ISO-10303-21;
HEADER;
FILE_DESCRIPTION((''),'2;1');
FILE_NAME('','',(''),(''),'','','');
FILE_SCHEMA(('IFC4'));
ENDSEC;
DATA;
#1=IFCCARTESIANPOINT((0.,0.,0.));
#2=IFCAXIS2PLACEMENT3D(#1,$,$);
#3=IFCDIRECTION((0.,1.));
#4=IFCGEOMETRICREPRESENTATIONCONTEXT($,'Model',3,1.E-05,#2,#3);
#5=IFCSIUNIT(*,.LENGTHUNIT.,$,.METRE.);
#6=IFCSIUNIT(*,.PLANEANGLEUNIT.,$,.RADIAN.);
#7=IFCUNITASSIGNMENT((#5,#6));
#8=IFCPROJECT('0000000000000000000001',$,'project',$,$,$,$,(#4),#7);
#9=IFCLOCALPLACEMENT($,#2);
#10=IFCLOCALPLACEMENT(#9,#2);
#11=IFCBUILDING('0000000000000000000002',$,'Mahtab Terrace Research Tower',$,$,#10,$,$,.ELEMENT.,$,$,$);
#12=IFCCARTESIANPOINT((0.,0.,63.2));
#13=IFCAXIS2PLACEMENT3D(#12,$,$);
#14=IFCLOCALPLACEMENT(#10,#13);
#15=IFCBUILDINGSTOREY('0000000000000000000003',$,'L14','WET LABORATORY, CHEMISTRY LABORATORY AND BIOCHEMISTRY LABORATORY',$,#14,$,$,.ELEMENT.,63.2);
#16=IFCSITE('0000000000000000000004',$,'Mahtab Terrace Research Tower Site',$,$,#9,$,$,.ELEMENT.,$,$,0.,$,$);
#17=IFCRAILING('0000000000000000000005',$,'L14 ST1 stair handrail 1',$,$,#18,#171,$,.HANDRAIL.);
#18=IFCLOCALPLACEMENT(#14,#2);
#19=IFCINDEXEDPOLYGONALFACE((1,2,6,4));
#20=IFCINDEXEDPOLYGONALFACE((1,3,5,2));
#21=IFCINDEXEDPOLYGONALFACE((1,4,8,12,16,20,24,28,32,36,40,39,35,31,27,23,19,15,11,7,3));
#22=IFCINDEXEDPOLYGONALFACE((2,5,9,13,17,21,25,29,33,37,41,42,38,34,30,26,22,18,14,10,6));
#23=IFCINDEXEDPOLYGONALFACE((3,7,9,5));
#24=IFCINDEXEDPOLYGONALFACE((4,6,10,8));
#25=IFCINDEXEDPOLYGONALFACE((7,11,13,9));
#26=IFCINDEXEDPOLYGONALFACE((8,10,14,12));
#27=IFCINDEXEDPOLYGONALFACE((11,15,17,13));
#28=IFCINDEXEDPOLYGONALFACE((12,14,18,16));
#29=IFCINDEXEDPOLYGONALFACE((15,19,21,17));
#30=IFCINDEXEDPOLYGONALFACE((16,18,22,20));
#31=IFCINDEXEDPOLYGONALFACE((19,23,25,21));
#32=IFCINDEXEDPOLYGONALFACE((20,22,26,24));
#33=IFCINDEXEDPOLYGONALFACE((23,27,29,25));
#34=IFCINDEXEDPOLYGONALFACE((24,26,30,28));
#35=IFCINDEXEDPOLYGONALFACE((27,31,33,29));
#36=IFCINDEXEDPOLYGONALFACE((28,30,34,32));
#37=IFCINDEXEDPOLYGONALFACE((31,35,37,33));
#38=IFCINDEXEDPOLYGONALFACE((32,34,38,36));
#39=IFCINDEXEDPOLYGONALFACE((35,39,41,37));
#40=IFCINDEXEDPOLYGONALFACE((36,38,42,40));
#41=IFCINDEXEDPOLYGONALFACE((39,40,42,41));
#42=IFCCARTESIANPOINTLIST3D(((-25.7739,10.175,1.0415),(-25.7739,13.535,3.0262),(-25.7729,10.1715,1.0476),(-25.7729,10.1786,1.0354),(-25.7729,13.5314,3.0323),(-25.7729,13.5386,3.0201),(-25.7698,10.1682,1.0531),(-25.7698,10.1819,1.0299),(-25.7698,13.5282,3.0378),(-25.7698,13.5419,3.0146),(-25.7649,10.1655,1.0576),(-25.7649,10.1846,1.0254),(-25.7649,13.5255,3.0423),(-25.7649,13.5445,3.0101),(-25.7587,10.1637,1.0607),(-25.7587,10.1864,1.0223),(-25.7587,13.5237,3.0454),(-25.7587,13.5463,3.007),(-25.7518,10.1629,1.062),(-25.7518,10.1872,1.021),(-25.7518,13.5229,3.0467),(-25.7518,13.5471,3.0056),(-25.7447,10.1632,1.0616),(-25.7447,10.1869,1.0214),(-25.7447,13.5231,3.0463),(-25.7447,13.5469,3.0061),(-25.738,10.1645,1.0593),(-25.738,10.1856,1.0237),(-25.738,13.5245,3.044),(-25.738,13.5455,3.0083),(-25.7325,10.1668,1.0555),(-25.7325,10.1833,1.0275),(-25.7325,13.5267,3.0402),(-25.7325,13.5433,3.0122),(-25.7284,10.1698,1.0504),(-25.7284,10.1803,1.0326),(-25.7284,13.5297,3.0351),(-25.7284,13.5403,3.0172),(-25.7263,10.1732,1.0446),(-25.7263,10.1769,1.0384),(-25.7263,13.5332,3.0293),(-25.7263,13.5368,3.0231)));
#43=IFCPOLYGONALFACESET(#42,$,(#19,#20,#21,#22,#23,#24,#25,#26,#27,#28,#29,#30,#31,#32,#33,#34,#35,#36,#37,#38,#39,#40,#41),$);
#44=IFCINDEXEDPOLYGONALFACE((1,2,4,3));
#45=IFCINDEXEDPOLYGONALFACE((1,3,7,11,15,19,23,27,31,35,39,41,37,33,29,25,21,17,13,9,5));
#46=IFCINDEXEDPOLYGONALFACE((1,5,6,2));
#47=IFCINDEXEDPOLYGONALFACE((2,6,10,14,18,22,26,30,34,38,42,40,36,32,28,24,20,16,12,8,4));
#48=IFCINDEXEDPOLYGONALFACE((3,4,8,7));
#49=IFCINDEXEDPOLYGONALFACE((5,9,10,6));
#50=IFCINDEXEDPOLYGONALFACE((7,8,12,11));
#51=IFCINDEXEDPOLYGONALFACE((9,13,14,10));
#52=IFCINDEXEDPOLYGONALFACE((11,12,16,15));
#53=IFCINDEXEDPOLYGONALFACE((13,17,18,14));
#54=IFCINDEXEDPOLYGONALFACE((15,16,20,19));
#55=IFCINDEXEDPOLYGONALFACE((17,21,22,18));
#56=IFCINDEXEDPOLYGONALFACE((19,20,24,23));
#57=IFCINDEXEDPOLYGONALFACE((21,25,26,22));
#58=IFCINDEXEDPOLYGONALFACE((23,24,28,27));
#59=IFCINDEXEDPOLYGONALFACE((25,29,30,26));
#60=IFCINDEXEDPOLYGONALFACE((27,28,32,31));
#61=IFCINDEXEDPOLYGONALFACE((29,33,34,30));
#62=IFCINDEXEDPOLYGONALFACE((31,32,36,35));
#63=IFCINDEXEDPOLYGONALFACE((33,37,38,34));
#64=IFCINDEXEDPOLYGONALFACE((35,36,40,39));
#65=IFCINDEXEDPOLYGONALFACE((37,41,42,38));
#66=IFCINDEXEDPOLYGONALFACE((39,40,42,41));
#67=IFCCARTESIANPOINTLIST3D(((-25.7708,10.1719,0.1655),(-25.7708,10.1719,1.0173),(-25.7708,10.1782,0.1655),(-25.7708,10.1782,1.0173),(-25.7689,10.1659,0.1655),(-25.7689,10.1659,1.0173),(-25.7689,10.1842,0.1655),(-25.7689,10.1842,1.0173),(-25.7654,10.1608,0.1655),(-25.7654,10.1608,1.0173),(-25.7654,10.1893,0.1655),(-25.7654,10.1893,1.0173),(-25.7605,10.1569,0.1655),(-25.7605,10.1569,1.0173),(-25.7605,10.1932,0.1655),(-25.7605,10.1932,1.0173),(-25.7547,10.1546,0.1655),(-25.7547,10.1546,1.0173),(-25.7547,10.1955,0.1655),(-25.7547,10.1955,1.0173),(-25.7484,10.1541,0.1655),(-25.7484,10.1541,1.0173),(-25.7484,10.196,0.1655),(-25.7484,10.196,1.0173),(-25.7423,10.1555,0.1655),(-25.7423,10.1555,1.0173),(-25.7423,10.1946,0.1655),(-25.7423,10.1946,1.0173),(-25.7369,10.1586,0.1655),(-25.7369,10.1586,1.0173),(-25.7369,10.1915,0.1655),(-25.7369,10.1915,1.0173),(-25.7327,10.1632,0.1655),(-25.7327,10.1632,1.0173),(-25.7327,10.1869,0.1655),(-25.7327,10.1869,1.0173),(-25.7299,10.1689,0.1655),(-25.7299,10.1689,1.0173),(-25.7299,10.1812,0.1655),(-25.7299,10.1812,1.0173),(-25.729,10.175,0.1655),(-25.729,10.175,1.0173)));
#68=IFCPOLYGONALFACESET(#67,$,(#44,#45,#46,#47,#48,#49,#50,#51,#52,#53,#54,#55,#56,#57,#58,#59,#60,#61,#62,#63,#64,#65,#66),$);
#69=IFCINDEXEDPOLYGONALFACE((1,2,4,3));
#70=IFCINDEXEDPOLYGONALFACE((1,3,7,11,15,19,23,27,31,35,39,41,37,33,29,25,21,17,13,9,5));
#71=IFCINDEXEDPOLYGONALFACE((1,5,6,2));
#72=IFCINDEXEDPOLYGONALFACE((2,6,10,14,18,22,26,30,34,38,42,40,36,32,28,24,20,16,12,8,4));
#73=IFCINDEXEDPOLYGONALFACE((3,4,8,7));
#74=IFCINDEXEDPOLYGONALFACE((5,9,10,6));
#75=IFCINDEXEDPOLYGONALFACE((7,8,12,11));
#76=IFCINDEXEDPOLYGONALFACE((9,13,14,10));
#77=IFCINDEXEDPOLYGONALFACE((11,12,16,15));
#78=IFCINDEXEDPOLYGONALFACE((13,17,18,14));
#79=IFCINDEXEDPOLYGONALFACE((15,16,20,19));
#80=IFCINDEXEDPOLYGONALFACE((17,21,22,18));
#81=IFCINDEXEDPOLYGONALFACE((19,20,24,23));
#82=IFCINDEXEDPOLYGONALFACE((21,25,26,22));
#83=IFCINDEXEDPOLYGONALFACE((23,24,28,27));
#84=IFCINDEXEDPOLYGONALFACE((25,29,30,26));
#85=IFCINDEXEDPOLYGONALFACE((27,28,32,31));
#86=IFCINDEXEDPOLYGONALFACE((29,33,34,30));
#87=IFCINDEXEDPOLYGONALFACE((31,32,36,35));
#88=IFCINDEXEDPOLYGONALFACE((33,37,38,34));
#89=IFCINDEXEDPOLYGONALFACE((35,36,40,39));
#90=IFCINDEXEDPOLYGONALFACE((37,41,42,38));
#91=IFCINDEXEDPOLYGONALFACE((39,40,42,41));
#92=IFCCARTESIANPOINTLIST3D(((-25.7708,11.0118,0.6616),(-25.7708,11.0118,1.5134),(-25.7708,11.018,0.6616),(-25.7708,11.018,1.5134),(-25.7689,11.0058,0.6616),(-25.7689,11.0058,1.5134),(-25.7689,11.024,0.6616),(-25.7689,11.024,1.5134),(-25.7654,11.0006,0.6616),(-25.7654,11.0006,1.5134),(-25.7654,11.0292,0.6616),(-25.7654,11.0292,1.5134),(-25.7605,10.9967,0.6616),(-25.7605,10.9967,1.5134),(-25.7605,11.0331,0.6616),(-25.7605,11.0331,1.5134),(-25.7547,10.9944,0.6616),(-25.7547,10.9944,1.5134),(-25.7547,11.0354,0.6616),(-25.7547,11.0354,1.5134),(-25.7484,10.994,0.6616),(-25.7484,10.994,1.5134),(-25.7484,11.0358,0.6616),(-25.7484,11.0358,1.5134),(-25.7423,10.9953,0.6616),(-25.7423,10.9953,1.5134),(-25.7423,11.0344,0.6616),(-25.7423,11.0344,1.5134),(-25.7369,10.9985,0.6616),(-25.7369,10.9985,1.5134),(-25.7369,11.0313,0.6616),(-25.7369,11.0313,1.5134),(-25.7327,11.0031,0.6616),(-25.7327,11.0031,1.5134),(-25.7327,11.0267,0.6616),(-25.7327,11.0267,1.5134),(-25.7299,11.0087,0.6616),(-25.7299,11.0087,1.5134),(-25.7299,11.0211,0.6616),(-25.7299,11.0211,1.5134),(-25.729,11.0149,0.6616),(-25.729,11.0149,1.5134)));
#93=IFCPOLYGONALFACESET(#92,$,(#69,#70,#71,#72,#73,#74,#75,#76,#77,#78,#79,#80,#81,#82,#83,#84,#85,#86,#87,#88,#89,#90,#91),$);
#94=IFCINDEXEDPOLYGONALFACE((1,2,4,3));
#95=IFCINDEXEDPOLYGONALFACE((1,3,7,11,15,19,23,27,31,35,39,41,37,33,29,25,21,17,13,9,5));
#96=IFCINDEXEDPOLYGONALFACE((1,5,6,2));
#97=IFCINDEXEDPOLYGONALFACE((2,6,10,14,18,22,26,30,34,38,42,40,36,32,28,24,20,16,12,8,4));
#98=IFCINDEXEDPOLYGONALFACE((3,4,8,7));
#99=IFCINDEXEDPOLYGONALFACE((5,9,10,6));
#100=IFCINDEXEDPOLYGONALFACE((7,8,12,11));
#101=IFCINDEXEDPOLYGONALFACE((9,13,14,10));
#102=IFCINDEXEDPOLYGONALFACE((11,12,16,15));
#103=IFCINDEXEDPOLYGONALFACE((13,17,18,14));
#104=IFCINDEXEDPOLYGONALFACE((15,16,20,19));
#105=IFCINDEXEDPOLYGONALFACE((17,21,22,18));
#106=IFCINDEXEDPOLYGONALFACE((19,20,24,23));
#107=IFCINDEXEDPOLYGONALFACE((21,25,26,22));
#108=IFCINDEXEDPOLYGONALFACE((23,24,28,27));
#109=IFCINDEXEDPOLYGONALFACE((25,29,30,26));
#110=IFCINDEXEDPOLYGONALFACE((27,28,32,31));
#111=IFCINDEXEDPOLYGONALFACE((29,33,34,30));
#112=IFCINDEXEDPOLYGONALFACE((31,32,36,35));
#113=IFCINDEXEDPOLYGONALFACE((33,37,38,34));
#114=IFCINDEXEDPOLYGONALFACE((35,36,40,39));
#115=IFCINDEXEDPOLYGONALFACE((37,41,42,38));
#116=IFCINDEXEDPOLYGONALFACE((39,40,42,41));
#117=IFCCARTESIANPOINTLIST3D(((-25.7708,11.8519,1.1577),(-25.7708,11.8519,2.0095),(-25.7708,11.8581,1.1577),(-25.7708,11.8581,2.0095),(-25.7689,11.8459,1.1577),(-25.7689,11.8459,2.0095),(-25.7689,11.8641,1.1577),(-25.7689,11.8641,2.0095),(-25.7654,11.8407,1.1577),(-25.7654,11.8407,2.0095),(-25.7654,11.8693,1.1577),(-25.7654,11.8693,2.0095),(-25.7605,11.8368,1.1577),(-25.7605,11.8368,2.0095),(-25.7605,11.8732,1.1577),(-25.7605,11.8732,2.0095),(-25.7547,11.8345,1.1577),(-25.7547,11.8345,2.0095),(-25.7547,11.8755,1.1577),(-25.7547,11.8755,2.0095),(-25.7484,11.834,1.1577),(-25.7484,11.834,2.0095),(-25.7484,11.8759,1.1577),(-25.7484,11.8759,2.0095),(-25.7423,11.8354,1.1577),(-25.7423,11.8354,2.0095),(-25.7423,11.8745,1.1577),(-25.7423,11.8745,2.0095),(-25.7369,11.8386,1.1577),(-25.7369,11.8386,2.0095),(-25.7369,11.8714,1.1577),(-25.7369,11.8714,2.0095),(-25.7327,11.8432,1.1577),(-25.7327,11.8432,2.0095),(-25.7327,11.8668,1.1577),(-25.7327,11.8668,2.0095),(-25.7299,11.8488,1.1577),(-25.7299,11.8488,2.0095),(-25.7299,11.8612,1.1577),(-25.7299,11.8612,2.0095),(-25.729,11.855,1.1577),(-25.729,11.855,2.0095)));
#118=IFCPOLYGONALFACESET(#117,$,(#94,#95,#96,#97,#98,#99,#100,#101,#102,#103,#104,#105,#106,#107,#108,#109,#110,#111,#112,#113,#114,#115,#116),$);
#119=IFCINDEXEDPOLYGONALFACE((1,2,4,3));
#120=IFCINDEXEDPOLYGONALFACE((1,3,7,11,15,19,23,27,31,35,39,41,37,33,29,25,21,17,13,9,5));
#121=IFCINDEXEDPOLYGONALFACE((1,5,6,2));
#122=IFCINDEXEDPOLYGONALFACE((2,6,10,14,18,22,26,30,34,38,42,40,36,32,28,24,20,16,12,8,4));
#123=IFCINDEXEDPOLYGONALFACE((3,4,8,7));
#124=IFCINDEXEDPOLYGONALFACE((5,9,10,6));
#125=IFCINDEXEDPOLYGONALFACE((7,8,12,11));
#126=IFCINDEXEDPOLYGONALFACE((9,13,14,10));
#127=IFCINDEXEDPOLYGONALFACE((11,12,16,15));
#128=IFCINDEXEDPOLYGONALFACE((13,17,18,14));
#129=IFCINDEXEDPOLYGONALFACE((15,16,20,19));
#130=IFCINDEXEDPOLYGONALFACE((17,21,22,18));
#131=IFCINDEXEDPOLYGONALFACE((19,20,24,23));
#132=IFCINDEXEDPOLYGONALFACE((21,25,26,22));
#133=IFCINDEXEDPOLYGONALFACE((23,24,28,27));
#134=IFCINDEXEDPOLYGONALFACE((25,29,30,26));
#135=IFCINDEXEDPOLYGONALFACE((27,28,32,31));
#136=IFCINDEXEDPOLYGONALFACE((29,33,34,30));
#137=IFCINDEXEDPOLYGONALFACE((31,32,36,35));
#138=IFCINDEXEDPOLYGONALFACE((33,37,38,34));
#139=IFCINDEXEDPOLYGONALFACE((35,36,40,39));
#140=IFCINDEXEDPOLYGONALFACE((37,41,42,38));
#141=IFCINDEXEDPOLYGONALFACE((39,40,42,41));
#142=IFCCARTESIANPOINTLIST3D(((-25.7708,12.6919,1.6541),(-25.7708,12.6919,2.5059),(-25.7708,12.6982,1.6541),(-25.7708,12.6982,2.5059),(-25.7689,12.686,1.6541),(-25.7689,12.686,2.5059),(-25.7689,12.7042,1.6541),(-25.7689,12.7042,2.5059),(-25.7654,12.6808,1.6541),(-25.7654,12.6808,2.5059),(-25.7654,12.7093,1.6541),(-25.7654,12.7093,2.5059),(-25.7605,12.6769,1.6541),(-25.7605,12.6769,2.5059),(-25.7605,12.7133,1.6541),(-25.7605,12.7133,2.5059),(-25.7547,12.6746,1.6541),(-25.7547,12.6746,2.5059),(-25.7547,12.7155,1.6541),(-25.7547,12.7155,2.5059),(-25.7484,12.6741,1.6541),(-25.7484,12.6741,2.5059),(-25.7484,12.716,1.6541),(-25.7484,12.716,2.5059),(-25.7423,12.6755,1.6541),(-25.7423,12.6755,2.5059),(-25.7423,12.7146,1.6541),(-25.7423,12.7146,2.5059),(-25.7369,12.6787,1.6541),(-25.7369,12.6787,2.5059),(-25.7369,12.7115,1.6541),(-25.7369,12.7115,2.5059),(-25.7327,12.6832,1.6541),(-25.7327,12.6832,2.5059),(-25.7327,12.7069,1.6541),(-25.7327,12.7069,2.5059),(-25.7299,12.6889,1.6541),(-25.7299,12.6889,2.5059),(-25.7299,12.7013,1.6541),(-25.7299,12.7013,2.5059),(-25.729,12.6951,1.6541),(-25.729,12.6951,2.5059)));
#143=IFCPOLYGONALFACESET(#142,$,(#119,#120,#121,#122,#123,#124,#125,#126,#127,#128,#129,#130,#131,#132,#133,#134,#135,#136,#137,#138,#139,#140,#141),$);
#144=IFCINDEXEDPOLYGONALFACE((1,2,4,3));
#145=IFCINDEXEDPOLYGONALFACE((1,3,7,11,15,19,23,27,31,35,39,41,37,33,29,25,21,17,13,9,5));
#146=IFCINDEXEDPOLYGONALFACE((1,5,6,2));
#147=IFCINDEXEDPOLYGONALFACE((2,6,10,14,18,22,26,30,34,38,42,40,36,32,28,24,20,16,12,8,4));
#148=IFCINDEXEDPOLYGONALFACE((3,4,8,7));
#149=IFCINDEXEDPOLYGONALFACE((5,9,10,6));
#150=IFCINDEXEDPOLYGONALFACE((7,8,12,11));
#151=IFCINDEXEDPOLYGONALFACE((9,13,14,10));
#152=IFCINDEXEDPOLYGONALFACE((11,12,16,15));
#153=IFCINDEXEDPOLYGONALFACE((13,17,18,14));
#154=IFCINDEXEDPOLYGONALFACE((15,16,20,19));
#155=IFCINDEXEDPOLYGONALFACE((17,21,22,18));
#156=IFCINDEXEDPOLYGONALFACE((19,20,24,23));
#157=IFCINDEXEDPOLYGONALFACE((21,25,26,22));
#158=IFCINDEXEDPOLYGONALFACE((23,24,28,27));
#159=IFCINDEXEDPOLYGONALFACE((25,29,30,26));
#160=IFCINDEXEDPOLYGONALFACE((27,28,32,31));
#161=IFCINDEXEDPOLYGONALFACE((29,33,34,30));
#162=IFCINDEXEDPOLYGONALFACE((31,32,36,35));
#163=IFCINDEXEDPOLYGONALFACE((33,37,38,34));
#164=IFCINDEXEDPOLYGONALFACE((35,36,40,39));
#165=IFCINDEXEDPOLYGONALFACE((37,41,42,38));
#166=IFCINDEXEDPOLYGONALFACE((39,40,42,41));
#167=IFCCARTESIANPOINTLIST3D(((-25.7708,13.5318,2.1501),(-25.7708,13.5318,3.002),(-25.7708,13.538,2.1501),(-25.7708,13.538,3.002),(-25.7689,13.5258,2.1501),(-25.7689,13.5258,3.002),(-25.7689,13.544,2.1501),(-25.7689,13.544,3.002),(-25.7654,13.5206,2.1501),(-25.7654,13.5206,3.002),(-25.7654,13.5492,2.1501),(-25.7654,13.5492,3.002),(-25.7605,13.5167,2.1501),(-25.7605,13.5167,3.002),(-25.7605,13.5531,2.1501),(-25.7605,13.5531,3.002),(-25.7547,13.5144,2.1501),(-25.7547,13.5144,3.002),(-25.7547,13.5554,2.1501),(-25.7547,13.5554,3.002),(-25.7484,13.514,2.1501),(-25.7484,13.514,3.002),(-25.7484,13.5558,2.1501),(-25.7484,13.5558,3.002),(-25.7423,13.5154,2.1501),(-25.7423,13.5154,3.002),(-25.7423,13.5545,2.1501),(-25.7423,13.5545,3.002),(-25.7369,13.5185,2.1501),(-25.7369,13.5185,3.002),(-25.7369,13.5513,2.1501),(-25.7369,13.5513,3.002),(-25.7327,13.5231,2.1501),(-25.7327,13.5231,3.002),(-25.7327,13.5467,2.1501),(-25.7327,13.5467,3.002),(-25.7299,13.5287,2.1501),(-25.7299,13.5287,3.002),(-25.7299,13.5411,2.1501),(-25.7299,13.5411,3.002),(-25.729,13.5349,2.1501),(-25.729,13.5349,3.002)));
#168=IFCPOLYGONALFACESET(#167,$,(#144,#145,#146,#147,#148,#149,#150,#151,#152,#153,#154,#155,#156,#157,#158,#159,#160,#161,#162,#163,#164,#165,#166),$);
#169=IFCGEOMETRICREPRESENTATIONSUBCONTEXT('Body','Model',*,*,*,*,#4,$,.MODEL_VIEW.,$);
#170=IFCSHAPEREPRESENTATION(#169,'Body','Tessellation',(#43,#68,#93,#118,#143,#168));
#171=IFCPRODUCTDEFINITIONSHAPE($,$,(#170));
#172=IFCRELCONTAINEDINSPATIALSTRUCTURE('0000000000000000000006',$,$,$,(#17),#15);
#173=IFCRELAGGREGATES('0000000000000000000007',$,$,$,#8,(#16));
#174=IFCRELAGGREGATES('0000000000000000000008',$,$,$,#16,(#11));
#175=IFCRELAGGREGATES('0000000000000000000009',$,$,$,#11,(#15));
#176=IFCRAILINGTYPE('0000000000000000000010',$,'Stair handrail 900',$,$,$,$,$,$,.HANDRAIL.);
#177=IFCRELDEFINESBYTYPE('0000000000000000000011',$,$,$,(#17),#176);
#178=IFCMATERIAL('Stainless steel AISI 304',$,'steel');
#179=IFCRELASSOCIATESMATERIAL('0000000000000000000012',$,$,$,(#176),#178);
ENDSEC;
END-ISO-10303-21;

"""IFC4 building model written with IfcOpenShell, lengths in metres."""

from ifc_helpers import new_model, si_unit, direction, frame, origin, origin_2d, place, context, subcontext, project, spatial, circle, extrude, material, type_object, element, save


model = new_model("IFC4")

# Units and contexts
model_context = context("Model", 3, precision=1e-05, world=origin(), true_north=direction((0.0, 1.0)))
body_context = subcontext(model_context, "Body", "Model", "MODEL_VIEW")
ifc_project = project(units=[si_unit("LENGTHUNIT", "METRE"), si_unit("PLANEANGLEUNIT", "RADIAN")], contexts=[model_context])

# Site, building, storey
site_placement = place(None, origin())
site = spatial("IfcSite", under=ifc_project, at=site_placement, Name="Mahtab Terrace Research Tower Site", CompositionType="ELEMENT", RefElevation=0.0)
building_placement = place(site_placement, origin())
building = spatial("IfcBuilding", under=site, at=building_placement, Name="Mahtab Terrace Research Tower", CompositionType="ELEMENT")
storey_placement = place(building_placement, frame((0.0, 0.0, 63.2)))
storey = spatial("IfcBuildingStorey", under=building, at=storey_placement, Name="L14", Description="WET LABORATORY, CHEMISTRY LABORATORY AND BIOCHEMISTRY LABORATORY", CompositionType="ELEMENT", Elevation=63.2)

# Railing
ifc_material_1 = material(Name="Stainless steel AISI 304", Category="steel")
railing_type_1 = type_object("IfcRailingType", Name="Stair handrail 900", PredefinedType="HANDRAIL", material=ifc_material_1)
railing_1_placement = place(storey_placement, frame((-25.75, 10.175, 0.1655)))
element("IfcRailing", 1, at=railing_1_placement, inside=storey, type_object=railing_type_1, Name="L14 ST1 stair handrail 1", PredefinedType="HANDRAIL", context=body_context, shape_type="SweptSolid", body=[
    extrude(circle(Radius=0.0239, at=origin_2d()), frame((0.0, 0.0, 0.876), z_axis=(0.0, 0.861011, 0.508586), x_axis=(-1.0, 0.0, 0.0)), (0.0, 0.0, 1.0), 3.9023),
    extrude(circle(Radius=0.021, at=origin_2d()), origin(), (0.0, 0.0, 1.0), 0.8518),
    extrude(circle(Radius=0.021, at=origin_2d()), frame((0.0, 0.8398, 0.4961)), (0.0, 0.0, 1.0), 0.8518),
    extrude(circle(Radius=0.021, at=origin_2d()), frame((0.0, 1.6799, 0.9922)), (0.0, 0.0, 1.0), 0.8518),
    extrude(circle(Radius=0.021, at=origin_2d()), frame((0.0, 2.52, 1.4885)), (0.0, 0.0, 1.0), 0.8518),
    extrude(circle(Radius=0.021, at=origin_2d()), frame((0.0, 3.3599, 1.9846)), (0.0, 0.0, 1.0), 0.8518),
])

save(model, "model.ifc")
